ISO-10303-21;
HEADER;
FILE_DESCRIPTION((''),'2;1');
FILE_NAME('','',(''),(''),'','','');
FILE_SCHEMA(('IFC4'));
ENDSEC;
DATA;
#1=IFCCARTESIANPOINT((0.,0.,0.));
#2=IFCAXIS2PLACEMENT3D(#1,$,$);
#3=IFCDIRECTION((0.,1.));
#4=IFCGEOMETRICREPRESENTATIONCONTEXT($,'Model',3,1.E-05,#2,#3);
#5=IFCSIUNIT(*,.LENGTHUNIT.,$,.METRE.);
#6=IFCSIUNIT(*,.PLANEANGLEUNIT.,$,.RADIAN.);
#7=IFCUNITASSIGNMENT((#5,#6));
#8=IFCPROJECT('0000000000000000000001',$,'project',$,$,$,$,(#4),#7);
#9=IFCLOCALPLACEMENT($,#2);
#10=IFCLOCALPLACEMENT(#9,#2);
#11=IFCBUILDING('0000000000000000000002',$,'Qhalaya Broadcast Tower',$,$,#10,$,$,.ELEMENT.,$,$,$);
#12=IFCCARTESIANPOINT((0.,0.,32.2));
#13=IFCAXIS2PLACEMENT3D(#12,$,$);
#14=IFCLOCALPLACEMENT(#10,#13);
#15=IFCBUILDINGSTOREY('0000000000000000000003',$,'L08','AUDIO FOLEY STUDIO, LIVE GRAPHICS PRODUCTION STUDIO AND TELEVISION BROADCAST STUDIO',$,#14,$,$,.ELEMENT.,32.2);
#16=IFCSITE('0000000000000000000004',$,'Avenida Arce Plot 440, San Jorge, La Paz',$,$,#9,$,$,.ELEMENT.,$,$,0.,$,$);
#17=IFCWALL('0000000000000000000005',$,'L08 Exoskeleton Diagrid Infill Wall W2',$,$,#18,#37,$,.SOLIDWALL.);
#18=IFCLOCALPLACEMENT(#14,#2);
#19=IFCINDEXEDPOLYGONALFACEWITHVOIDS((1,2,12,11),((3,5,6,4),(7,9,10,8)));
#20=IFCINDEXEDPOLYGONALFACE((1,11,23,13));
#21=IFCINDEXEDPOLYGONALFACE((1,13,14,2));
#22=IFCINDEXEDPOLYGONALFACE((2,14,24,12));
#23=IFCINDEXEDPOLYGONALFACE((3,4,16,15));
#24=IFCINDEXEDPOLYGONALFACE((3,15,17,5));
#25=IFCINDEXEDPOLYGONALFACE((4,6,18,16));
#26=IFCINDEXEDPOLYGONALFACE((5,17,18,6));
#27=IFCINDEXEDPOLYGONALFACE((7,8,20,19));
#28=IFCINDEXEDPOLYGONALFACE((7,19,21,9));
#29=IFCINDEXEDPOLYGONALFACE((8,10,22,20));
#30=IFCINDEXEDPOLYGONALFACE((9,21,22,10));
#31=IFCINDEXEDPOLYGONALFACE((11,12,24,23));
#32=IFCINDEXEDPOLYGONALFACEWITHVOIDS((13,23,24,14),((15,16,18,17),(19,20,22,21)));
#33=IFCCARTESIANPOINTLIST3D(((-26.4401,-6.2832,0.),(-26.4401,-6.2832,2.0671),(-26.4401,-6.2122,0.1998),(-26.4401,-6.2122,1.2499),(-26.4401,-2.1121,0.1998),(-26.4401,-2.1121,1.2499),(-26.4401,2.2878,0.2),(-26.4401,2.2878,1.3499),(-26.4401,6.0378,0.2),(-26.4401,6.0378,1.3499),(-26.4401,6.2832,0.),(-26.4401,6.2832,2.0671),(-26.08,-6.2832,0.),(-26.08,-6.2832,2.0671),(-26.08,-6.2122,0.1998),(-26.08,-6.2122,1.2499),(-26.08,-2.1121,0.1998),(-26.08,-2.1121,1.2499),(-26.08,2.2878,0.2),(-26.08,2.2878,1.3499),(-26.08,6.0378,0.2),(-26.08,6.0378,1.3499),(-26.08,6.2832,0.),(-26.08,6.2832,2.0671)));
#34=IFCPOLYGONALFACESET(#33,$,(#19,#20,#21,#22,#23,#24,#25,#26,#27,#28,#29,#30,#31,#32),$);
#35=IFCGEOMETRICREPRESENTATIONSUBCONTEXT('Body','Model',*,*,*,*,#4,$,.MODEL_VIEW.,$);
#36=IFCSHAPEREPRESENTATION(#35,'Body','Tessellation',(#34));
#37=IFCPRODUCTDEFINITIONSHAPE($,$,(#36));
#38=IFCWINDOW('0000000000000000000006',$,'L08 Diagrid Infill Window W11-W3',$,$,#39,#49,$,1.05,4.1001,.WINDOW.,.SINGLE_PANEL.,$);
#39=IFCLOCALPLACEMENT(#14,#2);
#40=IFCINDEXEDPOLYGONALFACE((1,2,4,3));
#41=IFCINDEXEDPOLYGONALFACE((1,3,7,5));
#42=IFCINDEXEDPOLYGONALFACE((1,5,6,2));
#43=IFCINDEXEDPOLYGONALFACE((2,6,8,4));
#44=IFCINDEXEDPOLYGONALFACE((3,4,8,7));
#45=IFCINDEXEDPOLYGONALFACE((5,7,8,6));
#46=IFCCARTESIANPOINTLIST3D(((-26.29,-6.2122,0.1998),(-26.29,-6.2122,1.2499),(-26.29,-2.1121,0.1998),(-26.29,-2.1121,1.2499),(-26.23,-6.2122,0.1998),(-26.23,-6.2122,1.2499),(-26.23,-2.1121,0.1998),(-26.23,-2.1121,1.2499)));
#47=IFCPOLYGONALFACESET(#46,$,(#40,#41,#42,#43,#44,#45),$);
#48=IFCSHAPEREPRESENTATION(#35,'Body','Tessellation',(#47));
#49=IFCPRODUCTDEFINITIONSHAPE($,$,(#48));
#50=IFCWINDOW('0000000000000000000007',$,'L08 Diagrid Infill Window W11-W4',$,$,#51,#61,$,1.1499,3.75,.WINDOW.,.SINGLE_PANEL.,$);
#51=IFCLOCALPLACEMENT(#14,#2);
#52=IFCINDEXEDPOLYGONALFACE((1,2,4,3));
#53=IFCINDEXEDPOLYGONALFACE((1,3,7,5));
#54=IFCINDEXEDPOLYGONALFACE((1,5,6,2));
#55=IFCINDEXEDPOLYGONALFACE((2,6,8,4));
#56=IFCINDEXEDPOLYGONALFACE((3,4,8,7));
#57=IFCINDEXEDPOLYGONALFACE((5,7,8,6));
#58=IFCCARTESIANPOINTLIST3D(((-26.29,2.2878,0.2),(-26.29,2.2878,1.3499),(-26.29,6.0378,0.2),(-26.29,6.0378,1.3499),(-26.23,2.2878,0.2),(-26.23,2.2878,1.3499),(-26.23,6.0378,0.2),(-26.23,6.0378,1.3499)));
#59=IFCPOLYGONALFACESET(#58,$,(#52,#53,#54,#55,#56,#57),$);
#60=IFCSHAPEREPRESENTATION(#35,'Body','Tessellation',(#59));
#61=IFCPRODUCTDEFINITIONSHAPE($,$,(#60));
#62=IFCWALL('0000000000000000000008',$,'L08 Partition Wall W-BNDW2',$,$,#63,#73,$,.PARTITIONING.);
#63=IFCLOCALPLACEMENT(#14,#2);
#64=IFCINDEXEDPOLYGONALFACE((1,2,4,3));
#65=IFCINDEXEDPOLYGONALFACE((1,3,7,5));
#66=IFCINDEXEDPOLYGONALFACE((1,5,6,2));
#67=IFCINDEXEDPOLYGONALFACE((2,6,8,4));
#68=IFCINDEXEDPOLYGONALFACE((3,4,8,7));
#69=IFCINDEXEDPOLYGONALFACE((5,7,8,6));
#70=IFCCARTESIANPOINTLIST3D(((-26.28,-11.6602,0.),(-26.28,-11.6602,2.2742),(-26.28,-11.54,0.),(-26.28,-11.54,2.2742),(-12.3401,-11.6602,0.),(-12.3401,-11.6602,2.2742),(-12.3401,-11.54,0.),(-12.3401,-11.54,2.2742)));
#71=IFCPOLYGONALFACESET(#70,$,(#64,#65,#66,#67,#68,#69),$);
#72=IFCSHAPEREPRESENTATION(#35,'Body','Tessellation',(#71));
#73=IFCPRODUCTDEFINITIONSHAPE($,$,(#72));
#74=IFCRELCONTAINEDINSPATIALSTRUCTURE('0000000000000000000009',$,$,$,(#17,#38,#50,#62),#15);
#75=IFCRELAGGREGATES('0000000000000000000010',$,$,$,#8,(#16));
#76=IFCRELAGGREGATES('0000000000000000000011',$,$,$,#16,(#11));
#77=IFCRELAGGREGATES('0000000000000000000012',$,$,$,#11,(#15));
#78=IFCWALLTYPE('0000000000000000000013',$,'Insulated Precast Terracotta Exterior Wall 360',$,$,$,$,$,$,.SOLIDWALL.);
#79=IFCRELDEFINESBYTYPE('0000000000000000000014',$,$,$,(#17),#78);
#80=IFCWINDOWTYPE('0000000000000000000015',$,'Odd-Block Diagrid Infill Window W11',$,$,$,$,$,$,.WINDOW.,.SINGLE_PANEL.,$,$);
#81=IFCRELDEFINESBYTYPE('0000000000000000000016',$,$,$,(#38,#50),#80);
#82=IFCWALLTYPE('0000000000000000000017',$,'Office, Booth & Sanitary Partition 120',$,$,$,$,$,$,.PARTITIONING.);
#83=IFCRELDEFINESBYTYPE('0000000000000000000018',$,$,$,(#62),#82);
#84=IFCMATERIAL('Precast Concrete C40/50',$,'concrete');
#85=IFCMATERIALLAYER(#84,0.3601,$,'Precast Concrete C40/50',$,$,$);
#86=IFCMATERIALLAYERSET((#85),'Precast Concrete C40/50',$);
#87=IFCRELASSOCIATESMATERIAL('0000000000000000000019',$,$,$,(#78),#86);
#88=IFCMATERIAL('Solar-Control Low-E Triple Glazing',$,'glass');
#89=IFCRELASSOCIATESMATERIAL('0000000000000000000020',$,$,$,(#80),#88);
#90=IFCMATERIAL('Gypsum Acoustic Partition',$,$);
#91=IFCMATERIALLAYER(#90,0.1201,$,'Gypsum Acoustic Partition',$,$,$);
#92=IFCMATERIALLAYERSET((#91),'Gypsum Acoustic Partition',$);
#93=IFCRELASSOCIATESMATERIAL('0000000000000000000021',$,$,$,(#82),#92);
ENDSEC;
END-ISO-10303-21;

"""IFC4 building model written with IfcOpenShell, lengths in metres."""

from ifc_helpers import new_model, si_unit, direction, frame, frame_2d, origin, place, context, subcontext, project, spatial, rectangle, extrude, material, layer, layer_set, type_object, element, fill, save


model = new_model("IFC4")

# Units and contexts
model_context = context("Model", 3, precision=1e-05, world=origin(), true_north=direction((0.0, 1.0)))
body_context = subcontext(model_context, "Body", "Model", "MODEL_VIEW")
ifc_project = project(units=[si_unit("LENGTHUNIT", "METRE"), si_unit("PLANEANGLEUNIT", "RADIAN")], contexts=[model_context])

# Site, building, storey
site_placement = place(None, origin())
site = spatial("IfcSite", under=ifc_project, at=site_placement, Name="Avenida Arce Plot 440, San Jorge, La Paz", CompositionType="ELEMENT", RefElevation=0.0)
building_placement = place(site_placement, origin())
building = spatial("IfcBuilding", under=site, at=building_placement, Name="Qhalaya Broadcast Tower", CompositionType="ELEMENT")
storey_placement = place(building_placement, frame((0.0, 0.0, 32.2)))
storey = spatial("IfcBuildingStorey", under=building, at=storey_placement, Name="L08", Description="AUDIO FOLEY STUDIO, LIVE GRAPHICS PRODUCTION STUDIO AND TELEVISION BROADCAST STUDIO", CompositionType="ELEMENT", Elevation=32.2)

# Wall, openings, windows
ifc_material_1 = material(Name="Precast Concrete C40/50", Category="concrete")
ifc_layer_1 = layer(ifc_material_1, 0.3601, Name="Precast Concrete C40/50")
ifc_layer_set_1 = layer_set([ifc_layer_1], Name="Precast Concrete C40/50")
wall_type_1 = type_object("IfcWallType", Name="Insulated Precast Terracotta Exterior Wall 360", PredefinedType="SOLIDWALL", material=ifc_layer_set_1)
wall_1_placement = place(storey_placement, frame((-26.26, -6.2832, 0.0), z_axis=(0.0, 0.0, 1.0), x_axis=(0.0, 1.0, 0.0)))
wall_1 = element("IfcWall", 1, at=wall_1_placement, inside=storey, type_object=wall_type_1, Name="L08 Exoskeleton Diagrid Infill Wall W2", PredefinedType="SOLIDWALL", context=body_context, shape_type="SweptSolid", body=[
    extrude(rectangle(XDim=12.5664, YDim=0.3601, at=frame_2d((6.2832, 0.0))), origin(), (0.0, 0.0, 1.0), 2.0671),
])
opening_1_placement = place(wall_1_placement, frame((0.071, 0.0, 0.2)))
opening_1 = element("IfcOpeningElement", 2, at=opening_1_placement, cuts=wall_1, PredefinedType="OPENING", context=body_context, shape_type="SweptSolid", body=[
    extrude(rectangle(XDim=4.1001, YDim=1.05, at=frame_2d((2.05, 0.5249))), frame((0.0, 0.1921, 0.0), z_axis=(0.0, -1.0, 0.0), x_axis=(1.0, 0.0, 0.0)), (0.0, 0.0, 1.0), 0.384),
])
opening_2_placement = place(wall_1_placement, frame((8.571, 0.0, 0.2)))
opening_2 = element("IfcOpeningElement", 3, at=opening_2_placement, cuts=wall_1, PredefinedType="OPENING", context=body_context, shape_type="SweptSolid", body=[
    extrude(rectangle(XDim=3.75, YDim=1.1499, at=frame_2d((1.875, 0.575))), frame((0.0, 0.1921, 0.0), z_axis=(0.0, -1.0, 0.0), x_axis=(1.0, 0.0, 0.0)), (0.0, 0.0, 1.0), 0.384),
])
ifc_material_2 = material(Name="Solar-Control Low-E Triple Glazing", Category="glass")
window_type = type_object("IfcWindowType", Name="Odd-Block Diagrid Infill Window W11", PartitioningType="SINGLE_PANEL", PredefinedType="WINDOW", material=ifc_material_2)
window_1_placement = place(opening_1_placement, origin())
window_1 = element("IfcWindow", 4, at=window_1_placement, inside=storey, type_object=window_type, Name="L08 Diagrid Infill Window W11-W3", OverallHeight=1.05, OverallWidth=4.1001, PartitioningType="SINGLE_PANEL", PredefinedType="WINDOW", context=body_context, shape_type="SweptSolid", body=[
    extrude(rectangle(XDim=4.1001, YDim=1.05, at=frame_2d((2.05, 0.5249))), frame((0.0, 0.03, 0.0), z_axis=(0.0, -1.0, 0.0), x_axis=(1.0, 0.0, 0.0)), (0.0, 0.0, 1.0), 0.0601),
])
fill(opening_1, window_1)
window_2_placement = place(opening_2_placement, origin())
window_2 = element("IfcWindow", 5, at=window_2_placement, inside=storey, type_object=window_type, Name="L08 Diagrid Infill Window W11-W4", OverallHeight=1.1499, OverallWidth=3.75, PartitioningType="SINGLE_PANEL", PredefinedType="WINDOW", context=body_context, shape_type="SweptSolid", body=[
    extrude(rectangle(XDim=3.75, YDim=1.1499, at=frame_2d((1.875, 0.575))), frame((0.0, 0.03, 0.0), z_axis=(0.0, -1.0, 0.0), x_axis=(1.0, 0.0, 0.0)), (0.0, 0.0, 1.0), 0.0601),
])
fill(opening_2, window_2)

# Wall
ifc_material_3 = material(Name="Gypsum Acoustic Partition")
ifc_layer_2 = layer(ifc_material_3, 0.1201, Name="Gypsum Acoustic Partition")
ifc_layer_set_2 = layer_set([ifc_layer_2], Name="Gypsum Acoustic Partition")
wall_type_2 = type_object("IfcWallType", Name="Office, Booth & Sanitary Partition 120", PredefinedType="PARTITIONING", material=ifc_layer_set_2)
wall_2_placement = place(storey_placement, frame((-26.28, -11.6001, 0.0), z_axis=(0.0, 0.0, 1.0), x_axis=(1.0, 0.0, 0.0)))
element("IfcWall", 6, at=wall_2_placement, inside=storey, type_object=wall_type_2, Name="L08 Partition Wall W-BNDW2", PredefinedType="PARTITIONING", context=body_context, shape_type="SweptSolid", body=[
    extrude(rectangle(XDim=13.9399, YDim=0.1201, at=frame_2d((6.97, 0.0))), origin(), (0.0, 0.0, 1.0), 2.2742),
])

save(model, "model.ifc")
